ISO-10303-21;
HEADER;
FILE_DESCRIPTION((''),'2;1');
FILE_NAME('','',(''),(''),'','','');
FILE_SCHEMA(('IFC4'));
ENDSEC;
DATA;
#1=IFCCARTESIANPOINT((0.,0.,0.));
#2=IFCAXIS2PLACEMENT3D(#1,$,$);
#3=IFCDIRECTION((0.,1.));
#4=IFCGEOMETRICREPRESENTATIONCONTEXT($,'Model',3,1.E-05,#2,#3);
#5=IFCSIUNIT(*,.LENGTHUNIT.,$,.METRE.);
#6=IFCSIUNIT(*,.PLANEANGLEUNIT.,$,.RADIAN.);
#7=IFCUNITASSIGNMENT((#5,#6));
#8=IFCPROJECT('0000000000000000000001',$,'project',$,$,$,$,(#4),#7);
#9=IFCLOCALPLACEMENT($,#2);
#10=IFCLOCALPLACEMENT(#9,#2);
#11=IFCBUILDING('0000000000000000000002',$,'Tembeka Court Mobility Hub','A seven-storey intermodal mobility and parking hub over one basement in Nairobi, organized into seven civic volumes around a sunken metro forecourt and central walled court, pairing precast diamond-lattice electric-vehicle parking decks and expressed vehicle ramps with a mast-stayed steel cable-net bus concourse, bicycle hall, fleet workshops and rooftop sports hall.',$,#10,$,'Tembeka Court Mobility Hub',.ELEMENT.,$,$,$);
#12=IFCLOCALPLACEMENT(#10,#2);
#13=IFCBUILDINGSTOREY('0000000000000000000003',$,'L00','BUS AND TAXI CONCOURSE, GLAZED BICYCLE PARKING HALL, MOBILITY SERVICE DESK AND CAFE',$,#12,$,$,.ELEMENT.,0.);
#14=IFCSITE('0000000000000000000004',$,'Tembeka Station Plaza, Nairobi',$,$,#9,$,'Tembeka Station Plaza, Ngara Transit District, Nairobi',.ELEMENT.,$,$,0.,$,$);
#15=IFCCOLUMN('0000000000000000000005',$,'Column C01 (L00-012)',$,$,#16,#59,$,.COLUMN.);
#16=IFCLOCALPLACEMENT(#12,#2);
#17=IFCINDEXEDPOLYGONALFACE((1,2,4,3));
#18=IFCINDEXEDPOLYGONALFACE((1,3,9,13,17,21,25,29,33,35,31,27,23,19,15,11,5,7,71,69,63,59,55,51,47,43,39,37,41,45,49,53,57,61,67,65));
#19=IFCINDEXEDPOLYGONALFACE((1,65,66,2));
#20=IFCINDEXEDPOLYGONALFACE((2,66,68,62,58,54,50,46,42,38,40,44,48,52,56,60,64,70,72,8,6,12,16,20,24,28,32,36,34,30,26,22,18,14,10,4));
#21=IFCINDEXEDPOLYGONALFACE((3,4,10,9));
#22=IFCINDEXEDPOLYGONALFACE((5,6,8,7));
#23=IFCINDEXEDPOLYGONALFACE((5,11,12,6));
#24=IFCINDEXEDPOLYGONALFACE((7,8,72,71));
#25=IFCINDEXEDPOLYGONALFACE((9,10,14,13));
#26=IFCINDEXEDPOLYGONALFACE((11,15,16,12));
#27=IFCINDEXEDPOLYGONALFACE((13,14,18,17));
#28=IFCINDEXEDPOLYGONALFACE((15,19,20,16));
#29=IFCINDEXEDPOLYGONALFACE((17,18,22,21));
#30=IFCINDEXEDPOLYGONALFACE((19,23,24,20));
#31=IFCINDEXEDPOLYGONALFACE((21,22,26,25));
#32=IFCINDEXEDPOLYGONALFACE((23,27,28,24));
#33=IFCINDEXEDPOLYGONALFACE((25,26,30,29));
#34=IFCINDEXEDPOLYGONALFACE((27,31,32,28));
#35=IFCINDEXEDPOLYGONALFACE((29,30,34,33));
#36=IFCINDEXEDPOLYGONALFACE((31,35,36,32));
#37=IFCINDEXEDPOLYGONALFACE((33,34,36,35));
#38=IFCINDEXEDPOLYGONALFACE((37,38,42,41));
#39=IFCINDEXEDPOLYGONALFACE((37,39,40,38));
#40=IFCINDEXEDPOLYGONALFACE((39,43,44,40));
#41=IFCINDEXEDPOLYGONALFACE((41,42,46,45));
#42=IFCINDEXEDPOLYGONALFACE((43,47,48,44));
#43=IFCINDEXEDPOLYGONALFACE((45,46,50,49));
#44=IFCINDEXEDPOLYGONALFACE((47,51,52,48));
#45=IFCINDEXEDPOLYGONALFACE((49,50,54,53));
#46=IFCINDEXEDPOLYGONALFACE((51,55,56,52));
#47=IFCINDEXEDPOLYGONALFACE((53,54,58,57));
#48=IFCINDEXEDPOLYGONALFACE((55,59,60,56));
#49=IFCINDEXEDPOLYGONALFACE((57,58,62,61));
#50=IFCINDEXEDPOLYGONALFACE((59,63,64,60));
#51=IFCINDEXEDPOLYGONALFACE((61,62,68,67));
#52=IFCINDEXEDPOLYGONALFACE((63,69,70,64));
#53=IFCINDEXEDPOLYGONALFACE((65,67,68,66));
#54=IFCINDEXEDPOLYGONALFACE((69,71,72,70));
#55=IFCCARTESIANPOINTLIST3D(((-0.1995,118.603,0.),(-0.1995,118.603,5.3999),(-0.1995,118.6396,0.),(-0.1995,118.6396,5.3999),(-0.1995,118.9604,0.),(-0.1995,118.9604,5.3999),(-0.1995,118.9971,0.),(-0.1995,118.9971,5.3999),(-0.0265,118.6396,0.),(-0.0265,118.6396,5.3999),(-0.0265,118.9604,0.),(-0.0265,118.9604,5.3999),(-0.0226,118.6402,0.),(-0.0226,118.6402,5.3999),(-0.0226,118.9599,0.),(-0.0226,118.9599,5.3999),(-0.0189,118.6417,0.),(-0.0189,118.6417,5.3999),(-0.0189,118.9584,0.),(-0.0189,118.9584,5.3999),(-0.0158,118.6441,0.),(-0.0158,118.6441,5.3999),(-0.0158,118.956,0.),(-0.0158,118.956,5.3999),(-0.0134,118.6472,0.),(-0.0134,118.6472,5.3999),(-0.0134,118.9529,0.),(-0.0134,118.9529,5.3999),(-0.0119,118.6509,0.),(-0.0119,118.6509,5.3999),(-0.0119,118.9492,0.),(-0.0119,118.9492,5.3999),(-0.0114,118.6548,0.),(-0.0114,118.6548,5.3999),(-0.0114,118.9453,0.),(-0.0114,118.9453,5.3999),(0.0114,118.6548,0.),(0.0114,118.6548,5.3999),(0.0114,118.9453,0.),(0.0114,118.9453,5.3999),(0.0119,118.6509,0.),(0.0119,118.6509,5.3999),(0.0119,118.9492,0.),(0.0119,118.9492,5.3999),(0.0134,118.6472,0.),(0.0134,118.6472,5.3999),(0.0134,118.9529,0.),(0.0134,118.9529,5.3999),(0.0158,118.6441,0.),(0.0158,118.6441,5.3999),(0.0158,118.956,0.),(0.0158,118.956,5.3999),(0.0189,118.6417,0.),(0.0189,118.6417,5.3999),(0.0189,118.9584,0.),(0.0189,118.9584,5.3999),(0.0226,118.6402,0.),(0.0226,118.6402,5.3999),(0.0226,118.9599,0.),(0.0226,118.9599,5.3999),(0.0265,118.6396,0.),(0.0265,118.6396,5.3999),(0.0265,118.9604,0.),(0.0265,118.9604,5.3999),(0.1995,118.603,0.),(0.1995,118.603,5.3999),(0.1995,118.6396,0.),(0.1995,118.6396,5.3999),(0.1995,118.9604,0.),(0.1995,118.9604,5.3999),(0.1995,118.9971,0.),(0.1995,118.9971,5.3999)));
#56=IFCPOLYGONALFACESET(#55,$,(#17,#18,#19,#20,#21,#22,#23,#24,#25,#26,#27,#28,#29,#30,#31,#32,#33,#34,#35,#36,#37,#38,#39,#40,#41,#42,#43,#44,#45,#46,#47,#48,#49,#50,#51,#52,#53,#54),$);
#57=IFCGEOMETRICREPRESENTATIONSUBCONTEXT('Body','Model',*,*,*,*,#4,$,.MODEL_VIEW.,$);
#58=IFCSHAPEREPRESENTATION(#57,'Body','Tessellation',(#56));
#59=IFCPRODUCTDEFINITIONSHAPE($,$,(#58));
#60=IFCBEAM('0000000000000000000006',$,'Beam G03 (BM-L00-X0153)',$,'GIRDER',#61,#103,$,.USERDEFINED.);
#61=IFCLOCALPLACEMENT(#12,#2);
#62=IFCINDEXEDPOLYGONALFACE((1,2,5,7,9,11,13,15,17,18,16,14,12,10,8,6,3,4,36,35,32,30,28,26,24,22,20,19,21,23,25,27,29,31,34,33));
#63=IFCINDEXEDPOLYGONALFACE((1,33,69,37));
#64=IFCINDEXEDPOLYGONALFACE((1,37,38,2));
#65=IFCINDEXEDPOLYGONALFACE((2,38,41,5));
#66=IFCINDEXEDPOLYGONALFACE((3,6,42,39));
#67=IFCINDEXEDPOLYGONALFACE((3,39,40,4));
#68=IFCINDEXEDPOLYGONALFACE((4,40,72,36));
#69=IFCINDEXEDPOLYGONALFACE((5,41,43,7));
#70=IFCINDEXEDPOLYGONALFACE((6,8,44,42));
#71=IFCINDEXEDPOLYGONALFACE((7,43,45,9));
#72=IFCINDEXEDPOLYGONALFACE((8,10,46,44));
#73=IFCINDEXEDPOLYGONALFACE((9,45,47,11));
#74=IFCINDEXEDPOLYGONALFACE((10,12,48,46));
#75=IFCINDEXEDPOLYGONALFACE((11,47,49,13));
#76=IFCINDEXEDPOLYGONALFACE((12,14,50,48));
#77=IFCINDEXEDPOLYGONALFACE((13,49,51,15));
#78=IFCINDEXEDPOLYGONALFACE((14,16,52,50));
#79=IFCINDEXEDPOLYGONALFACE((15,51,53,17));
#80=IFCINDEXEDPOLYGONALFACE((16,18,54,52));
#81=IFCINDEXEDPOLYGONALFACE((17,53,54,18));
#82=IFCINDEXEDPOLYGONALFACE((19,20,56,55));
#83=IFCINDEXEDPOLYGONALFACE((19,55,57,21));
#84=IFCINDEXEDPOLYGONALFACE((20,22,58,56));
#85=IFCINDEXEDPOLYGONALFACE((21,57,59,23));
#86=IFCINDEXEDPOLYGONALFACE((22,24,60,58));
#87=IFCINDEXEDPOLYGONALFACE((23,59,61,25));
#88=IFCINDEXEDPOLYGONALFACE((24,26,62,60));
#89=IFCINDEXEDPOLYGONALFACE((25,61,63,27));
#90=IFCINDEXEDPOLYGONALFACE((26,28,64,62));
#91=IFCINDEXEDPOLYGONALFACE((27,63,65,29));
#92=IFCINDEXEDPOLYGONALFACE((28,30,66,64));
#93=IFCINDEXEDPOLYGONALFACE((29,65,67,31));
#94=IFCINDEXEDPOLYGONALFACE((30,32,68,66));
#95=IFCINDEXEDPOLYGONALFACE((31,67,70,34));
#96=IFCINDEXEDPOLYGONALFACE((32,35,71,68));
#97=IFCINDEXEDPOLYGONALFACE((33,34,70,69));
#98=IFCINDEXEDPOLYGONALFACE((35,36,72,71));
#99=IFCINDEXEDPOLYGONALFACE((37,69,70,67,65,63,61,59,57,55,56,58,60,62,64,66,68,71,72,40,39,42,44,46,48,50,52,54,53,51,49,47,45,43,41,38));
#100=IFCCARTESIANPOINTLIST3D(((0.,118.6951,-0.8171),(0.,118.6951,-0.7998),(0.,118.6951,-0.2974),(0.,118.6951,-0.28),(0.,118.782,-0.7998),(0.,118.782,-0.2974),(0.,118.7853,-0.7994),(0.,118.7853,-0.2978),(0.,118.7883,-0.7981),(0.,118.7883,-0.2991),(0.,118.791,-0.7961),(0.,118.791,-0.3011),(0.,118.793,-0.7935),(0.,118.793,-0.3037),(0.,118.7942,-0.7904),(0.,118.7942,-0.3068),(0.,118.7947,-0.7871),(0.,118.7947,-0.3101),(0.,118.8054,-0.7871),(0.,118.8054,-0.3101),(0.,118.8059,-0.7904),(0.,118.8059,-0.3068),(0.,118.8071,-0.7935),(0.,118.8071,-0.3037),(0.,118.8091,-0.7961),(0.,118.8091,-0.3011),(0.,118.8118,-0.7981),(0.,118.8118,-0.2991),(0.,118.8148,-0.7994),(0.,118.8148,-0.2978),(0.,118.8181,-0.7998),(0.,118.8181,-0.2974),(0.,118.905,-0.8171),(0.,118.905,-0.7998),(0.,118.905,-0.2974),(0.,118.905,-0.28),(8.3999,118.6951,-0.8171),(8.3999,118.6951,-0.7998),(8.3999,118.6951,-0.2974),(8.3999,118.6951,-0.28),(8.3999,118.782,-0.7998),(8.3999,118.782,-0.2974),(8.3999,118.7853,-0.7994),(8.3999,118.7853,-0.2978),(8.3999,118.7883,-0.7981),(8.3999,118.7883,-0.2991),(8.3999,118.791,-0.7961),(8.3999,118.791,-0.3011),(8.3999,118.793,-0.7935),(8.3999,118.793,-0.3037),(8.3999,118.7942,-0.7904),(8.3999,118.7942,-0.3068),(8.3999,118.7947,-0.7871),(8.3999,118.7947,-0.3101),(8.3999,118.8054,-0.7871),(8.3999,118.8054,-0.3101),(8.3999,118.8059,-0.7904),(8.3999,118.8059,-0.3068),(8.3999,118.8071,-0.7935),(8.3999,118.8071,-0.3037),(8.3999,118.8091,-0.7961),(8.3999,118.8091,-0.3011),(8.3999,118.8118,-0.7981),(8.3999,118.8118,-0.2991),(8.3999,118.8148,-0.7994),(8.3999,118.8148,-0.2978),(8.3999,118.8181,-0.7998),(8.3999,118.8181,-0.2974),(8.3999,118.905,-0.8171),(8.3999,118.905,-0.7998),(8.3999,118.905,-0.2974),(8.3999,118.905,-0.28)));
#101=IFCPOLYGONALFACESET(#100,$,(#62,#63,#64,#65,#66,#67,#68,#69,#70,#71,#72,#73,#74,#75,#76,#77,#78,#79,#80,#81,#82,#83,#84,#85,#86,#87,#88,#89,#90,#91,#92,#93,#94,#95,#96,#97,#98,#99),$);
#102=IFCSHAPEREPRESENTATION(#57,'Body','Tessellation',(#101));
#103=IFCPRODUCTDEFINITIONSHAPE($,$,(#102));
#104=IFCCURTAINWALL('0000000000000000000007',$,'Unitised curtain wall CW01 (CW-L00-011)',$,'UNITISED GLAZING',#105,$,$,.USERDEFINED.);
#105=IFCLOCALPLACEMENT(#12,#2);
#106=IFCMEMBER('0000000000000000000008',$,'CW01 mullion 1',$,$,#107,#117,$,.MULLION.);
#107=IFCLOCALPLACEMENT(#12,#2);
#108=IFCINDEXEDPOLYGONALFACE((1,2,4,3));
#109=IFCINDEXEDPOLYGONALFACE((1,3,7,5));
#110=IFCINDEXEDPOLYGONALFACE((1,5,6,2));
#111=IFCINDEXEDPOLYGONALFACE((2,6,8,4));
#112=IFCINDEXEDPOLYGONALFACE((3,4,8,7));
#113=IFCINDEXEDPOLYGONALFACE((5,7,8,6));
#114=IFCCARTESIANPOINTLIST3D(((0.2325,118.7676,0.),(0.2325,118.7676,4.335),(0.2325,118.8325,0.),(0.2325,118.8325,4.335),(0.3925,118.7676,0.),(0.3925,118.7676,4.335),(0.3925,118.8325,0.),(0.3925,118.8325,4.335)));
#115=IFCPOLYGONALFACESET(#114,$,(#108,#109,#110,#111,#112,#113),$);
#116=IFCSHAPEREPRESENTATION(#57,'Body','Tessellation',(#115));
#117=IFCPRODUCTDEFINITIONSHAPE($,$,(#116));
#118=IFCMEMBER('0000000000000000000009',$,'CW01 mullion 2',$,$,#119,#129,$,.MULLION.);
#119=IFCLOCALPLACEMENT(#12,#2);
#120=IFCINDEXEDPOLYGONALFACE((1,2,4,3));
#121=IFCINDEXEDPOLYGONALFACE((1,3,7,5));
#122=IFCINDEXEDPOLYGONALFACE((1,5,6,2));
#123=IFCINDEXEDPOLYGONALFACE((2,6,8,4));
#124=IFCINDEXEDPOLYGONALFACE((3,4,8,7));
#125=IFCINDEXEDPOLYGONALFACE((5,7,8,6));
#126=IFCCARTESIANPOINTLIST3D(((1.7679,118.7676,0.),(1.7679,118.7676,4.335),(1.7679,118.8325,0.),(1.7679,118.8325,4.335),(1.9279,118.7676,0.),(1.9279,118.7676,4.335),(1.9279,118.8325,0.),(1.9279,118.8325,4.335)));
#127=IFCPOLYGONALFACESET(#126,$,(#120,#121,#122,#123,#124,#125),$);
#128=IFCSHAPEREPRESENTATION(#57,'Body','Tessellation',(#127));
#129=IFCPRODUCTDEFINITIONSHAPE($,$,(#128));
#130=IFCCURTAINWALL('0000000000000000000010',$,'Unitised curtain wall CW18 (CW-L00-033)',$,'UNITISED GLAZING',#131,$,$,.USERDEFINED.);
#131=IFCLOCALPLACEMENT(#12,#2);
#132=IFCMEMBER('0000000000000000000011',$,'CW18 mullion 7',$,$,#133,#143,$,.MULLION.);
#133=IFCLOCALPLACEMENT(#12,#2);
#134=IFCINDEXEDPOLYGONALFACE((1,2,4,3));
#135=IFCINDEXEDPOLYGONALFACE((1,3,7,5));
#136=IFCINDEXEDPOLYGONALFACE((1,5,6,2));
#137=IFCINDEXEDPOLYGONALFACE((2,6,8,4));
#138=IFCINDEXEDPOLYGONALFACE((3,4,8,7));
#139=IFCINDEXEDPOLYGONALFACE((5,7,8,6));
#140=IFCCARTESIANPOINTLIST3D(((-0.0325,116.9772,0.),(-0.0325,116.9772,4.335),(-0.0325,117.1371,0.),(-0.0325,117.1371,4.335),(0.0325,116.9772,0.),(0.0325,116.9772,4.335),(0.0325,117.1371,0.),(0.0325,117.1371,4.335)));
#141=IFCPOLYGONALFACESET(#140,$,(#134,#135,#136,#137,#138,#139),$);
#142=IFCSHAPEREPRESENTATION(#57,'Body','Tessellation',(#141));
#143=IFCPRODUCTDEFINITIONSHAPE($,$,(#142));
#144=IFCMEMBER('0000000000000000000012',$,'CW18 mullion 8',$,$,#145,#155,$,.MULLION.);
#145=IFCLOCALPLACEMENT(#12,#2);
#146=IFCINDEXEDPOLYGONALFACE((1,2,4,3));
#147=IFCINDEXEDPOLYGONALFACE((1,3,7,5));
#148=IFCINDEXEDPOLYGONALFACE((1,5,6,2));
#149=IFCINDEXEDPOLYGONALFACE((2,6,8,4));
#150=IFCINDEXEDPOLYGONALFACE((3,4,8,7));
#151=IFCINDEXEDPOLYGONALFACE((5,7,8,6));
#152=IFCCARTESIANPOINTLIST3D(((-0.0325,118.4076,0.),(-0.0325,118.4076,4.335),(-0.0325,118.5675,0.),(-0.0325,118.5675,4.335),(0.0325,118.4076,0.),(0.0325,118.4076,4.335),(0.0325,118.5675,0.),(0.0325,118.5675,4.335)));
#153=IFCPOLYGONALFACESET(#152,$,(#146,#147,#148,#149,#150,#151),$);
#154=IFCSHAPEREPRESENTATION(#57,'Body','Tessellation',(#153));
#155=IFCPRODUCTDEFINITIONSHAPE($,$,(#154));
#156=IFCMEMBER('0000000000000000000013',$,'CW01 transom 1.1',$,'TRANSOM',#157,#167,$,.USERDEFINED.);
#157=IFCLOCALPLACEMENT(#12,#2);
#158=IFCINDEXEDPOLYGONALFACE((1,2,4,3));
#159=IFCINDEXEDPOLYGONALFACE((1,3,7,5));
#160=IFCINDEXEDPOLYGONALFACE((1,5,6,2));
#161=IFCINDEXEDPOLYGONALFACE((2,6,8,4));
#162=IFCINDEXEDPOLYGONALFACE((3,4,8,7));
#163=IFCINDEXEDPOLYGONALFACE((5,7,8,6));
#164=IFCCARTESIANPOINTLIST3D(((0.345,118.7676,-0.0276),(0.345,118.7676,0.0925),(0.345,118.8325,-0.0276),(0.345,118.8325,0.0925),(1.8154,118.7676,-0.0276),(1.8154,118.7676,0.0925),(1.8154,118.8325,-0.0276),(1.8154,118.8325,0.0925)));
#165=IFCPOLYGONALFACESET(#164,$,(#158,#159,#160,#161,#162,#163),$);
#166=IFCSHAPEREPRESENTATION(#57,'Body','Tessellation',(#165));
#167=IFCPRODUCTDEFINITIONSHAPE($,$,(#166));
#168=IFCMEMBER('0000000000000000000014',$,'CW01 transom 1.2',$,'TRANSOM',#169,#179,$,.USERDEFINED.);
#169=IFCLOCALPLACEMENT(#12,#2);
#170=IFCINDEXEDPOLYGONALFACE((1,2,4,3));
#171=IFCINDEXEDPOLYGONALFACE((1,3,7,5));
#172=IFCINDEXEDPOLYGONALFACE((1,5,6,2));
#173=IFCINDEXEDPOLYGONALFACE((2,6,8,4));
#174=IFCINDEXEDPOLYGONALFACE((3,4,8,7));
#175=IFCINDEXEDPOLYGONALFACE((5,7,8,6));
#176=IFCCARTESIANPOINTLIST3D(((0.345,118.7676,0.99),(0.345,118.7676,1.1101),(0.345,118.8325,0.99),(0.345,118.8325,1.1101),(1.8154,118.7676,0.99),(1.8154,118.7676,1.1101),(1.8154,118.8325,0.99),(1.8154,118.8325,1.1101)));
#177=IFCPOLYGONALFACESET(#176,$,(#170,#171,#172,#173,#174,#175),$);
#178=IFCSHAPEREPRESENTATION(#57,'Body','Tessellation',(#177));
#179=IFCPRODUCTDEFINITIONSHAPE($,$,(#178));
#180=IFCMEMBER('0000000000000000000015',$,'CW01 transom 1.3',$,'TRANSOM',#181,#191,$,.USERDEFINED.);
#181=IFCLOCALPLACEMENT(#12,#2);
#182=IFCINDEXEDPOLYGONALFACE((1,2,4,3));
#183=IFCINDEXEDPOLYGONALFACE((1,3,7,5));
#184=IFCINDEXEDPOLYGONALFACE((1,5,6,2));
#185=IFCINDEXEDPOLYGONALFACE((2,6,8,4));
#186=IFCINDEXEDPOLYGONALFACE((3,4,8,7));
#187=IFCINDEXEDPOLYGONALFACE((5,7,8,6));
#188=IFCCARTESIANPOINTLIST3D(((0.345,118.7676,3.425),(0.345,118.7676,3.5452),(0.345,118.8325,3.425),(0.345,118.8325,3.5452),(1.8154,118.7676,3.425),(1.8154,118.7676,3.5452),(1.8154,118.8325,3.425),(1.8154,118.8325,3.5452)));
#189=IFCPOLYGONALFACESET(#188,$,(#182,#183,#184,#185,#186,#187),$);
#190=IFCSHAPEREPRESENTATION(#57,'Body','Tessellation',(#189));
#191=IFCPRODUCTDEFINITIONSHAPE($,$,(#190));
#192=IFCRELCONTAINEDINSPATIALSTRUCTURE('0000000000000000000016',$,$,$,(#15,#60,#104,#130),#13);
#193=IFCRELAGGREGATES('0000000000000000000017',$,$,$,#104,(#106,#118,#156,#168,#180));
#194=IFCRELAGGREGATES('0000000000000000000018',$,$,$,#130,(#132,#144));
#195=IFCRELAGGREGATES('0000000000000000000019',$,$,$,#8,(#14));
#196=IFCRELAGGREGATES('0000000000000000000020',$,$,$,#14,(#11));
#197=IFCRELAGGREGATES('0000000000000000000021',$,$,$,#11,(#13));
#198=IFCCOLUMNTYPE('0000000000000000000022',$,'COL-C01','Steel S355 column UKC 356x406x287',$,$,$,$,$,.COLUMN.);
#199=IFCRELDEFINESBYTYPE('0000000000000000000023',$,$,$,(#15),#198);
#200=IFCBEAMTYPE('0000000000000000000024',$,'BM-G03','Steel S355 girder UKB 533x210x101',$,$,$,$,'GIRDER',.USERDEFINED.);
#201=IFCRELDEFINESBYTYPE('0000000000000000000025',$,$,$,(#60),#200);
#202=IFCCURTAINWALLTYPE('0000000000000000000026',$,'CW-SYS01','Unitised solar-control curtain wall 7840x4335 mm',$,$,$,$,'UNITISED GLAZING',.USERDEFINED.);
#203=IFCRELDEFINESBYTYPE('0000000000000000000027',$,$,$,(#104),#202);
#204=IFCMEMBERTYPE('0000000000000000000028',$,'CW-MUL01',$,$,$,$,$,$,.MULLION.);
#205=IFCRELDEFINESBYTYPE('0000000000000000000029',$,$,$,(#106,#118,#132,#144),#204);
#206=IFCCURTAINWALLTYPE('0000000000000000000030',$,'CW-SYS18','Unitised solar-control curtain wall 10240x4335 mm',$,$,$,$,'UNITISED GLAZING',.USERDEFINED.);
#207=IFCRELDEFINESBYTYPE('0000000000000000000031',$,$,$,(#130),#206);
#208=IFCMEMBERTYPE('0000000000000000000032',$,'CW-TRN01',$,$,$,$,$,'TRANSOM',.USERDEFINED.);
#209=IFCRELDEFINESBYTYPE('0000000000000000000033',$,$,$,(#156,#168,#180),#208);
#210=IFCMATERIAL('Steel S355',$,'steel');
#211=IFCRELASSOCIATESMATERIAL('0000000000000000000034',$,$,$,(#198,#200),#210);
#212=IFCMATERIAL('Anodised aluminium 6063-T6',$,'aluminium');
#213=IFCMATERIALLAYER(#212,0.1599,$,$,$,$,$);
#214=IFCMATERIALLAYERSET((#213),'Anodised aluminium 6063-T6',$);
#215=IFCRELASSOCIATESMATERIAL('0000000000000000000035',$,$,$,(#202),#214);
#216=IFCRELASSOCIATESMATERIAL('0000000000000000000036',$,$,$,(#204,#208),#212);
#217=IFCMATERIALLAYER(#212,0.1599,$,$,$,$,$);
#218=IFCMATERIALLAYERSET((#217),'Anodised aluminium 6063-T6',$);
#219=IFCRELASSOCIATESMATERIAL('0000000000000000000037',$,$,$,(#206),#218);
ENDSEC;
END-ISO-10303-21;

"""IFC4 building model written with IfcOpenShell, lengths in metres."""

from ifc_helpers import new_model, si_unit, direction, frame, origin, origin_2d, place, context, subcontext, project, spatial, rectangle, i_section, extrude, material, layer, layer_set, material_profile, profile_set, type_object, element, aggregate, save


model = new_model("IFC4")

# Units and contexts
model_context = context("Model", 3, precision=1e-05, world=origin(), true_north=direction((0.0, 1.0)))
body_context = subcontext(model_context, "Body", "Model", "MODEL_VIEW")
ifc_project = project(units=[si_unit("LENGTHUNIT", "METRE"), si_unit("PLANEANGLEUNIT", "RADIAN")], contexts=[model_context])

# Site, building, storey
site_placement = place(None, origin())
site = spatial("IfcSite", under=ifc_project, at=site_placement, Name="Tembeka Station Plaza, Nairobi", LongName="Tembeka Station Plaza, Ngara Transit District, Nairobi", CompositionType="ELEMENT", RefElevation=0.0)
building_placement = place(site_placement, origin())
building = spatial("IfcBuilding", under=site, at=building_placement, Name="Tembeka Court Mobility Hub", Description="A seven-storey intermodal mobility and parking hub over one basement in Nairobi, organized into seven civic volumes around a sunken metro forecourt and central walled court, pairing precast diamond-lattice electric-vehicle parking decks and expressed vehicle ramps with a mast-stayed steel cable-net bus concourse, bicycle hall, fleet workshops and rooftop sports hall.", LongName="Tembeka Court Mobility Hub", CompositionType="ELEMENT")
storey_placement = place(building_placement, origin())
storey = spatial("IfcBuildingStorey", under=building, at=storey_placement, Name="L00", Description="BUS AND TAXI CONCOURSE, GLAZED BICYCLE PARKING HALL, MOBILITY SERVICE DESK AND CAFE", CompositionType="ELEMENT", Elevation=0.0)

# Column
ifc_material_1 = material(Name="Steel S355", Category="steel")
ifc_material_profile_1 = material_profile(ifc_material_1, i_section(OverallWidth=0.3989, OverallDepth=0.394, WebThickness=0.0227, FlangeThickness=0.0366, FilletRadius=0.0151, at=origin_2d()), Name="UKC 356x406x287")
ifc_profile_set_1 = profile_set([ifc_material_profile_1], Name="Steel S355")
column_type = type_object("IfcColumnType", Name="COL-C01", Description="Steel S355 column UKC 356x406x287", PredefinedType="COLUMN", material=ifc_profile_set_1)
column_placement = place(storey_placement, frame((0.0, 118.8, 0.0), z_axis=(0.0, 0.0, 1.0), x_axis=(1.0, 0.0, 0.0)))
element("IfcColumn", 1, at=column_placement, inside=storey, type_object=column_type, Name="Column C01 (L00-012)", PredefinedType="COLUMN", context=body_context, shape_type="SweptSolid", body=[
    extrude(i_section(OverallWidth=0.3989, OverallDepth=0.394, WebThickness=0.0227, FlangeThickness=0.0366, FilletRadius=0.0151, at=origin_2d()), origin(), (0.0, 0.0, 1.0), 5.3999),
])

# Beam
ifc_material_profile_2 = material_profile(ifc_material_1, i_section(OverallWidth=0.21, OverallDepth=0.5371, WebThickness=0.0107, FlangeThickness=0.0173, FilletRadius=0.0127, at=origin_2d()), Name="UKB 533x210x101")
ifc_profile_set_2 = profile_set([ifc_material_profile_2], Name="Steel S355")
beam_type = type_object("IfcBeamType", Name="BM-G03", Description="Steel S355 girder UKB 533x210x101", ElementType="GIRDER", PredefinedType="USERDEFINED", material=ifc_profile_set_2)
beam_placement = place(storey_placement, frame((0.0, 118.8, -0.5486), z_axis=(1.0, 0.0, 0.0), x_axis=(0.0, 1.0, 0.0)))
element("IfcBeam", 2, at=beam_placement, inside=storey, type_object=beam_type, Name="Beam G03 (BM-L00-X0153)", ObjectType="GIRDER", PredefinedType="USERDEFINED", context=body_context, shape_type="SweptSolid", body=[
    extrude(i_section(OverallWidth=0.21, OverallDepth=0.5371, WebThickness=0.0107, FlangeThickness=0.0173, FilletRadius=0.0127, at=origin_2d()), origin(), (0.0, 0.0, 1.0), 8.3999),
])

# Curtain walls, members
ifc_material_2 = material(Name="Anodised aluminium 6063-T6", Category="aluminium")
ifc_layer_1 = layer(ifc_material_2, 0.1599)
ifc_layer_set_1 = layer_set([ifc_layer_1], Name="Anodised aluminium 6063-T6")
curtain_wall_type_1 = type_object("IfcCurtainWallType", Name="CW-SYS01", Description="Unitised solar-control curtain wall 7840x4335 mm", ElementType="UNITISED GLAZING", PredefinedType="USERDEFINED", material=ifc_layer_set_1)
curtain_wall_1_placement = place(storey_placement, origin())
curtain_wall_1 = element("IfcCurtainWall", 3, at=curtain_wall_1_placement, inside=storey, type_object=curtain_wall_type_1, Name="Unitised curtain wall CW01 (CW-L00-011)", ObjectType="UNITISED GLAZING", PredefinedType="USERDEFINED")
ifc_material_profile_3 = material_profile(ifc_material_2, rectangle(XDim=0.0649, YDim=0.1599, at=origin_2d()), Name="ALU-MUL 65x160")
ifc_profile_set_3 = profile_set([ifc_material_profile_3], Name="Anodised aluminium 6063-T6")
member_type_1 = type_object("IfcMemberType", Name="CW-MUL01", PredefinedType="MULLION", material=ifc_profile_set_3)
member_1_placement = place(storey_placement, frame((0.3125, 118.8, 0.0), z_axis=(0.0, 0.0, 1.0), x_axis=(0.0, 1.0, 0.0)))
member_1 = element("IfcMember", 4, at=member_1_placement, type_object=member_type_1, Name="CW01 mullion 1", PredefinedType="MULLION", context=body_context, shape_type="SweptSolid", body=[
    extrude(rectangle(XDim=0.0649, YDim=0.1599, at=origin_2d()), origin(), (0.0, 0.0, 1.0), 4.335),
])
member_2_placement = place(storey_placement, frame((1.8479, 118.8, 0.0), z_axis=(0.0, 0.0, 1.0), x_axis=(0.0, 1.0, 0.0)))
member_2 = element("IfcMember", 5, at=member_2_placement, type_object=member_type_1, Name="CW01 mullion 2", PredefinedType="MULLION", context=body_context, shape_type="SweptSolid", body=[
    extrude(rectangle(XDim=0.0649, YDim=0.1599, at=origin_2d()), origin(), (0.0, 0.0, 1.0), 4.335),
])
ifc_layer_2 = layer(ifc_material_2, 0.1599)
ifc_layer_set_2 = layer_set([ifc_layer_2], Name="Anodised aluminium 6063-T6")
curtain_wall_type_2 = type_object("IfcCurtainWallType", Name="CW-SYS18", Description="Unitised solar-control curtain wall 10240x4335 mm", ElementType="UNITISED GLAZING", PredefinedType="USERDEFINED", material=ifc_layer_set_2)
curtain_wall_2_placement = place(storey_placement, origin())
curtain_wall_2 = element("IfcCurtainWall", 6, at=curtain_wall_2_placement, inside=storey, type_object=curtain_wall_type_2, Name="Unitised curtain wall CW18 (CW-L00-033)", ObjectType="UNITISED GLAZING", PredefinedType="USERDEFINED")
member_3_placement = place(storey_placement, frame((0.0, 117.0571, 0.0), z_axis=(0.0, 0.0, 1.0), x_axis=(-1.0, 0.0, 0.0)))
member_3 = element("IfcMember", 7, at=member_3_placement, type_object=member_type_1, Name="CW18 mullion 7", PredefinedType="MULLION", context=body_context, shape_type="SweptSolid", body=[
    extrude(rectangle(XDim=0.0649, YDim=0.1599, at=origin_2d()), origin(), (0.0, 0.0, 1.0), 4.335),
])
member_4_placement = place(storey_placement, frame((0.0, 118.4875, 0.0), z_axis=(0.0, 0.0, 1.0), x_axis=(-1.0, 0.0, 0.0)))
member_4 = element("IfcMember", 8, at=member_4_placement, type_object=member_type_1, Name="CW18 mullion 8", PredefinedType="MULLION", context=body_context, shape_type="SweptSolid", body=[
    extrude(rectangle(XDim=0.0649, YDim=0.1599, at=origin_2d()), origin(), (0.0, 0.0, 1.0), 4.335),
])

# Members
ifc_material_profile_4 = material_profile(ifc_material_2, rectangle(XDim=0.0649, YDim=0.1201, at=origin_2d()), Name="ALU-TRN 65x120")
ifc_profile_set_4 = profile_set([ifc_material_profile_4], Name="Anodised aluminium 6063-T6")
member_type_2 = type_object("IfcMemberType", Name="CW-TRN01", ElementType="TRANSOM", PredefinedType="USERDEFINED", material=ifc_profile_set_4)
member_5_placement = place(storey_placement, frame((0.345, 118.8, 0.0325), z_axis=(1.0, 0.0, 0.0), x_axis=(0.0, 1.0, 0.0)))
member_5 = element("IfcMember", 9, at=member_5_placement, type_object=member_type_2, Name="CW01 transom 1.1", ObjectType="TRANSOM", PredefinedType="USERDEFINED", context=body_context, shape_type="SweptSolid", body=[
    extrude(rectangle(XDim=0.0649, YDim=0.1201, at=origin_2d()), origin(), (0.0, 0.0, 1.0), 1.4705),
])
member_6_placement = place(storey_placement, frame((0.345, 118.8, 1.05), z_axis=(1.0, 0.0, 0.0), x_axis=(0.0, 1.0, 0.0)))
member_6 = element("IfcMember", 10, at=member_6_placement, type_object=member_type_2, Name="CW01 transom 1.2", ObjectType="TRANSOM", PredefinedType="USERDEFINED", context=body_context, shape_type="SweptSolid", body=[
    extrude(rectangle(XDim=0.0649, YDim=0.1201, at=origin_2d()), origin(), (0.0, 0.0, 1.0), 1.4705),
])
member_7_placement = place(storey_placement, frame((0.345, 118.8, 3.4851), z_axis=(1.0, 0.0, 0.0), x_axis=(0.0, 1.0, 0.0)))
member_7 = element("IfcMember", 11, at=member_7_placement, type_object=member_type_2, Name="CW01 transom 1.3", ObjectType="TRANSOM", PredefinedType="USERDEFINED", context=body_context, shape_type="SweptSolid", body=[
    extrude(rectangle(XDim=0.0649, YDim=0.1201, at=origin_2d()), origin(), (0.0, 0.0, 1.0), 1.4705),
])

aggregate(curtain_wall_1, [member_1, member_2, member_5, member_6, member_7])
aggregate(curtain_wall_2, [member_3, member_4])

save(model, "model.ifc")
